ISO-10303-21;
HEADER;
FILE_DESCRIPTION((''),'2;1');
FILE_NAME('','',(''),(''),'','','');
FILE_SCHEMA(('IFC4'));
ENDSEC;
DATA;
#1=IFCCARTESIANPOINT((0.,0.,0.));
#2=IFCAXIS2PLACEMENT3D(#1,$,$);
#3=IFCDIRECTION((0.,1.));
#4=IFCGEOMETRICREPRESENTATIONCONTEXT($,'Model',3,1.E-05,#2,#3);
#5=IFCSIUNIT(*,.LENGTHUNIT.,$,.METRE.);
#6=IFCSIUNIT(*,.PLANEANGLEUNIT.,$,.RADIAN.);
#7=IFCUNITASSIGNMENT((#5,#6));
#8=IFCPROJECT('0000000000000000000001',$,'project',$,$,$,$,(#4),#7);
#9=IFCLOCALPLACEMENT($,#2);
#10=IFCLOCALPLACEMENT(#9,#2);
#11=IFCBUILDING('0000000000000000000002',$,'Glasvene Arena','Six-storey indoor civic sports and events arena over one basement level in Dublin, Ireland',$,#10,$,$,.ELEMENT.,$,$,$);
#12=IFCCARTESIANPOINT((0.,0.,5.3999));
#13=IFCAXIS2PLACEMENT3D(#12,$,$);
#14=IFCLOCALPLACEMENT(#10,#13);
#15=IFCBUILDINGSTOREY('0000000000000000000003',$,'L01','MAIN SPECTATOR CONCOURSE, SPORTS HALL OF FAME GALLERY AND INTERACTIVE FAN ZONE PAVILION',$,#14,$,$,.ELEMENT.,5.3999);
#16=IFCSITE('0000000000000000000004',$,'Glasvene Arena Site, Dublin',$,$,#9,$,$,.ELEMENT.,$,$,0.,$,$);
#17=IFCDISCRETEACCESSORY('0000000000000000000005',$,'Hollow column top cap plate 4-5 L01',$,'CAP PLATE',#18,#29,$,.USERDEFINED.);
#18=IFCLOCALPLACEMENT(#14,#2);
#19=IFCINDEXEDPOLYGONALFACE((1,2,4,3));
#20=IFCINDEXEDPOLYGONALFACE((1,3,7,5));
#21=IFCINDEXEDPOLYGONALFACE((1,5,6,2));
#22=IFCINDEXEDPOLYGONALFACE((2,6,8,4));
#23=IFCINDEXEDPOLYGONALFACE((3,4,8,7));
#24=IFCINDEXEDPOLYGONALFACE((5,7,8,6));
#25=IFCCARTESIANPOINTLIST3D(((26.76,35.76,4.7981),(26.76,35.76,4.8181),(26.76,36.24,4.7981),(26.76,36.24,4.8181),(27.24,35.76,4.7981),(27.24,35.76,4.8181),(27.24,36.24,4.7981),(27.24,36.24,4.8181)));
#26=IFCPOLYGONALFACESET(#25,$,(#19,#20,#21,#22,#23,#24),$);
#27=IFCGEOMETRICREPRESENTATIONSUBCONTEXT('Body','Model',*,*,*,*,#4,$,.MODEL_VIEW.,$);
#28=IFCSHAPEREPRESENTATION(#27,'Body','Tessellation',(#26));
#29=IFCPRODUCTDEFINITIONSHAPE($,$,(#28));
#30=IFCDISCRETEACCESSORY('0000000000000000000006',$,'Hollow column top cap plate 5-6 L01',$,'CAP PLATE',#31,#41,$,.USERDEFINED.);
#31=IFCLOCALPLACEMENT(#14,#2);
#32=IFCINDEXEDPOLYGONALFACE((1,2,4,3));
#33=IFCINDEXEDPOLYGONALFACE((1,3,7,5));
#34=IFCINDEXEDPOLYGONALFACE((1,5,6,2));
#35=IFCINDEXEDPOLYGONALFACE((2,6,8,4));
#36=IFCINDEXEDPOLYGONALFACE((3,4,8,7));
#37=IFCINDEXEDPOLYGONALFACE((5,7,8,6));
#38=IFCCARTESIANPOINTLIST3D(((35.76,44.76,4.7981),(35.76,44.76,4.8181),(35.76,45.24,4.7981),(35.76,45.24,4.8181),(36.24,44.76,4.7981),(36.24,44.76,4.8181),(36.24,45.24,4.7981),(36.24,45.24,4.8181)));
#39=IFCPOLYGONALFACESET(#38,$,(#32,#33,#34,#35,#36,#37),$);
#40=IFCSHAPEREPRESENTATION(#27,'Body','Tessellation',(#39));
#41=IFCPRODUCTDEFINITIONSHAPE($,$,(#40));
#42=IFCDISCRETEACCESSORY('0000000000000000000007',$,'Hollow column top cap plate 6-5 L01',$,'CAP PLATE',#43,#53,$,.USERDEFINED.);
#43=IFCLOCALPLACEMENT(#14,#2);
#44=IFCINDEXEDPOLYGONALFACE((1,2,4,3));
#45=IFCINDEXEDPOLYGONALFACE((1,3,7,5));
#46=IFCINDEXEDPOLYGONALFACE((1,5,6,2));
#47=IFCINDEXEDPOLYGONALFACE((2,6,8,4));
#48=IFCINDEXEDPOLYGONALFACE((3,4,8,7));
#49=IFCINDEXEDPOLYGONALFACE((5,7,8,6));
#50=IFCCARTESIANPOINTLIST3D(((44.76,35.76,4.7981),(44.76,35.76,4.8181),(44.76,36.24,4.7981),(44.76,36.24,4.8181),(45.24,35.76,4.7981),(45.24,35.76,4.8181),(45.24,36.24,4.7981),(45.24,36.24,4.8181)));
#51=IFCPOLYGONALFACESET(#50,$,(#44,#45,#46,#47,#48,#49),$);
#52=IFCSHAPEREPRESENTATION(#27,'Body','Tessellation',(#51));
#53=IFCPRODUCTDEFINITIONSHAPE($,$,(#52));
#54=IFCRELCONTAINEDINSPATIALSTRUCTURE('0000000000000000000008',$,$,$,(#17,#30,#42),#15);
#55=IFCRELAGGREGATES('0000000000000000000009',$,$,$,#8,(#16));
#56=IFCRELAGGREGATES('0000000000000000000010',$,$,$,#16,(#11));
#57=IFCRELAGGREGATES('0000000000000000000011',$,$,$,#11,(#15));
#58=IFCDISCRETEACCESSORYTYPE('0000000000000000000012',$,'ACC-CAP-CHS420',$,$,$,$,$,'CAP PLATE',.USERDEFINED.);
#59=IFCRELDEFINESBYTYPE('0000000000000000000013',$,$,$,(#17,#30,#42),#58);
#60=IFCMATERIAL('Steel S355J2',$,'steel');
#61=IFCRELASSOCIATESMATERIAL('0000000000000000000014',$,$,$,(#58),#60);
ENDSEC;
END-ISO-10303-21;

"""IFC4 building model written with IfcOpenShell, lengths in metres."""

from ifc_helpers import new_model, si_unit, direction, frame, origin, origin_2d, place, context, subcontext, project, spatial, rectangle, extrude, material, type_object, element, save


model = new_model("IFC4")

# Units and contexts
model_context = context("Model", 3, precision=1e-05, world=origin(), true_north=direction((0.0, 1.0)))
body_context = subcontext(model_context, "Body", "Model", "MODEL_VIEW")
ifc_project = project(units=[si_unit("LENGTHUNIT", "METRE"), si_unit("PLANEANGLEUNIT", "RADIAN")], contexts=[model_context])

# Site, building, storey
site_placement = place(None, origin())
site = spatial("IfcSite", under=ifc_project, at=site_placement, Name="Glasvene Arena Site, Dublin", CompositionType="ELEMENT", RefElevation=0.0)
building_placement = place(site_placement, origin())
building = spatial("IfcBuilding", under=site, at=building_placement, Name="Glasvene Arena", Description="Six-storey indoor civic sports and events arena over one basement level in Dublin, Ireland", CompositionType="ELEMENT")
storey_placement = place(building_placement, frame((0.0, 0.0, 5.3999)))
storey = spatial("IfcBuildingStorey", under=building, at=storey_placement, Name="L01", Description="MAIN SPECTATOR CONCOURSE, SPORTS HALL OF FAME GALLERY AND INTERACTIVE FAN ZONE PAVILION", CompositionType="ELEMENT", Elevation=5.3999)

# Shared definitions
ifc_material_1 = material(Name="Steel S355J2", Category="steel")

# Discrete accessories
discrete_accessory_type = type_object("IfcDiscreteAccessoryType", Name="ACC-CAP-CHS420", ElementType="CAP PLATE", PredefinedType="USERDEFINED", material=ifc_material_1)
for number, where, z_axis, x_axis, name in (
    (1, (27.0, 36.0, 4.7981), (0.0, 0.0, 1.0), (1.0, 0.0, 0.0), "Hollow column top cap plate 4-5 L01"),
    (2, (36.0, 45.0, 4.7981), (0.0, 0.0, 1.0), (1.0, 0.0, 0.0), "Hollow column top cap plate 5-6 L01"),
    (3, (45.0, 36.0, 4.7981), (0.0, 0.0, 1.0), (1.0, 0.0, 0.0), "Hollow column top cap plate 6-5 L01"),
):
    element("IfcDiscreteAccessory", number, at=place(storey_placement, frame(where, z_axis=z_axis, x_axis=x_axis)), inside=storey, type_object=discrete_accessory_type, Name=name, ObjectType="CAP PLATE", PredefinedType="USERDEFINED", context=body_context, shape_type="SweptSolid", body=[
        extrude(rectangle(XDim=0.48, YDim=0.48, at=origin_2d()), origin(), (0.0, 0.0, 1.0), 0.02),
    ])

save(model, "model.ifc")
